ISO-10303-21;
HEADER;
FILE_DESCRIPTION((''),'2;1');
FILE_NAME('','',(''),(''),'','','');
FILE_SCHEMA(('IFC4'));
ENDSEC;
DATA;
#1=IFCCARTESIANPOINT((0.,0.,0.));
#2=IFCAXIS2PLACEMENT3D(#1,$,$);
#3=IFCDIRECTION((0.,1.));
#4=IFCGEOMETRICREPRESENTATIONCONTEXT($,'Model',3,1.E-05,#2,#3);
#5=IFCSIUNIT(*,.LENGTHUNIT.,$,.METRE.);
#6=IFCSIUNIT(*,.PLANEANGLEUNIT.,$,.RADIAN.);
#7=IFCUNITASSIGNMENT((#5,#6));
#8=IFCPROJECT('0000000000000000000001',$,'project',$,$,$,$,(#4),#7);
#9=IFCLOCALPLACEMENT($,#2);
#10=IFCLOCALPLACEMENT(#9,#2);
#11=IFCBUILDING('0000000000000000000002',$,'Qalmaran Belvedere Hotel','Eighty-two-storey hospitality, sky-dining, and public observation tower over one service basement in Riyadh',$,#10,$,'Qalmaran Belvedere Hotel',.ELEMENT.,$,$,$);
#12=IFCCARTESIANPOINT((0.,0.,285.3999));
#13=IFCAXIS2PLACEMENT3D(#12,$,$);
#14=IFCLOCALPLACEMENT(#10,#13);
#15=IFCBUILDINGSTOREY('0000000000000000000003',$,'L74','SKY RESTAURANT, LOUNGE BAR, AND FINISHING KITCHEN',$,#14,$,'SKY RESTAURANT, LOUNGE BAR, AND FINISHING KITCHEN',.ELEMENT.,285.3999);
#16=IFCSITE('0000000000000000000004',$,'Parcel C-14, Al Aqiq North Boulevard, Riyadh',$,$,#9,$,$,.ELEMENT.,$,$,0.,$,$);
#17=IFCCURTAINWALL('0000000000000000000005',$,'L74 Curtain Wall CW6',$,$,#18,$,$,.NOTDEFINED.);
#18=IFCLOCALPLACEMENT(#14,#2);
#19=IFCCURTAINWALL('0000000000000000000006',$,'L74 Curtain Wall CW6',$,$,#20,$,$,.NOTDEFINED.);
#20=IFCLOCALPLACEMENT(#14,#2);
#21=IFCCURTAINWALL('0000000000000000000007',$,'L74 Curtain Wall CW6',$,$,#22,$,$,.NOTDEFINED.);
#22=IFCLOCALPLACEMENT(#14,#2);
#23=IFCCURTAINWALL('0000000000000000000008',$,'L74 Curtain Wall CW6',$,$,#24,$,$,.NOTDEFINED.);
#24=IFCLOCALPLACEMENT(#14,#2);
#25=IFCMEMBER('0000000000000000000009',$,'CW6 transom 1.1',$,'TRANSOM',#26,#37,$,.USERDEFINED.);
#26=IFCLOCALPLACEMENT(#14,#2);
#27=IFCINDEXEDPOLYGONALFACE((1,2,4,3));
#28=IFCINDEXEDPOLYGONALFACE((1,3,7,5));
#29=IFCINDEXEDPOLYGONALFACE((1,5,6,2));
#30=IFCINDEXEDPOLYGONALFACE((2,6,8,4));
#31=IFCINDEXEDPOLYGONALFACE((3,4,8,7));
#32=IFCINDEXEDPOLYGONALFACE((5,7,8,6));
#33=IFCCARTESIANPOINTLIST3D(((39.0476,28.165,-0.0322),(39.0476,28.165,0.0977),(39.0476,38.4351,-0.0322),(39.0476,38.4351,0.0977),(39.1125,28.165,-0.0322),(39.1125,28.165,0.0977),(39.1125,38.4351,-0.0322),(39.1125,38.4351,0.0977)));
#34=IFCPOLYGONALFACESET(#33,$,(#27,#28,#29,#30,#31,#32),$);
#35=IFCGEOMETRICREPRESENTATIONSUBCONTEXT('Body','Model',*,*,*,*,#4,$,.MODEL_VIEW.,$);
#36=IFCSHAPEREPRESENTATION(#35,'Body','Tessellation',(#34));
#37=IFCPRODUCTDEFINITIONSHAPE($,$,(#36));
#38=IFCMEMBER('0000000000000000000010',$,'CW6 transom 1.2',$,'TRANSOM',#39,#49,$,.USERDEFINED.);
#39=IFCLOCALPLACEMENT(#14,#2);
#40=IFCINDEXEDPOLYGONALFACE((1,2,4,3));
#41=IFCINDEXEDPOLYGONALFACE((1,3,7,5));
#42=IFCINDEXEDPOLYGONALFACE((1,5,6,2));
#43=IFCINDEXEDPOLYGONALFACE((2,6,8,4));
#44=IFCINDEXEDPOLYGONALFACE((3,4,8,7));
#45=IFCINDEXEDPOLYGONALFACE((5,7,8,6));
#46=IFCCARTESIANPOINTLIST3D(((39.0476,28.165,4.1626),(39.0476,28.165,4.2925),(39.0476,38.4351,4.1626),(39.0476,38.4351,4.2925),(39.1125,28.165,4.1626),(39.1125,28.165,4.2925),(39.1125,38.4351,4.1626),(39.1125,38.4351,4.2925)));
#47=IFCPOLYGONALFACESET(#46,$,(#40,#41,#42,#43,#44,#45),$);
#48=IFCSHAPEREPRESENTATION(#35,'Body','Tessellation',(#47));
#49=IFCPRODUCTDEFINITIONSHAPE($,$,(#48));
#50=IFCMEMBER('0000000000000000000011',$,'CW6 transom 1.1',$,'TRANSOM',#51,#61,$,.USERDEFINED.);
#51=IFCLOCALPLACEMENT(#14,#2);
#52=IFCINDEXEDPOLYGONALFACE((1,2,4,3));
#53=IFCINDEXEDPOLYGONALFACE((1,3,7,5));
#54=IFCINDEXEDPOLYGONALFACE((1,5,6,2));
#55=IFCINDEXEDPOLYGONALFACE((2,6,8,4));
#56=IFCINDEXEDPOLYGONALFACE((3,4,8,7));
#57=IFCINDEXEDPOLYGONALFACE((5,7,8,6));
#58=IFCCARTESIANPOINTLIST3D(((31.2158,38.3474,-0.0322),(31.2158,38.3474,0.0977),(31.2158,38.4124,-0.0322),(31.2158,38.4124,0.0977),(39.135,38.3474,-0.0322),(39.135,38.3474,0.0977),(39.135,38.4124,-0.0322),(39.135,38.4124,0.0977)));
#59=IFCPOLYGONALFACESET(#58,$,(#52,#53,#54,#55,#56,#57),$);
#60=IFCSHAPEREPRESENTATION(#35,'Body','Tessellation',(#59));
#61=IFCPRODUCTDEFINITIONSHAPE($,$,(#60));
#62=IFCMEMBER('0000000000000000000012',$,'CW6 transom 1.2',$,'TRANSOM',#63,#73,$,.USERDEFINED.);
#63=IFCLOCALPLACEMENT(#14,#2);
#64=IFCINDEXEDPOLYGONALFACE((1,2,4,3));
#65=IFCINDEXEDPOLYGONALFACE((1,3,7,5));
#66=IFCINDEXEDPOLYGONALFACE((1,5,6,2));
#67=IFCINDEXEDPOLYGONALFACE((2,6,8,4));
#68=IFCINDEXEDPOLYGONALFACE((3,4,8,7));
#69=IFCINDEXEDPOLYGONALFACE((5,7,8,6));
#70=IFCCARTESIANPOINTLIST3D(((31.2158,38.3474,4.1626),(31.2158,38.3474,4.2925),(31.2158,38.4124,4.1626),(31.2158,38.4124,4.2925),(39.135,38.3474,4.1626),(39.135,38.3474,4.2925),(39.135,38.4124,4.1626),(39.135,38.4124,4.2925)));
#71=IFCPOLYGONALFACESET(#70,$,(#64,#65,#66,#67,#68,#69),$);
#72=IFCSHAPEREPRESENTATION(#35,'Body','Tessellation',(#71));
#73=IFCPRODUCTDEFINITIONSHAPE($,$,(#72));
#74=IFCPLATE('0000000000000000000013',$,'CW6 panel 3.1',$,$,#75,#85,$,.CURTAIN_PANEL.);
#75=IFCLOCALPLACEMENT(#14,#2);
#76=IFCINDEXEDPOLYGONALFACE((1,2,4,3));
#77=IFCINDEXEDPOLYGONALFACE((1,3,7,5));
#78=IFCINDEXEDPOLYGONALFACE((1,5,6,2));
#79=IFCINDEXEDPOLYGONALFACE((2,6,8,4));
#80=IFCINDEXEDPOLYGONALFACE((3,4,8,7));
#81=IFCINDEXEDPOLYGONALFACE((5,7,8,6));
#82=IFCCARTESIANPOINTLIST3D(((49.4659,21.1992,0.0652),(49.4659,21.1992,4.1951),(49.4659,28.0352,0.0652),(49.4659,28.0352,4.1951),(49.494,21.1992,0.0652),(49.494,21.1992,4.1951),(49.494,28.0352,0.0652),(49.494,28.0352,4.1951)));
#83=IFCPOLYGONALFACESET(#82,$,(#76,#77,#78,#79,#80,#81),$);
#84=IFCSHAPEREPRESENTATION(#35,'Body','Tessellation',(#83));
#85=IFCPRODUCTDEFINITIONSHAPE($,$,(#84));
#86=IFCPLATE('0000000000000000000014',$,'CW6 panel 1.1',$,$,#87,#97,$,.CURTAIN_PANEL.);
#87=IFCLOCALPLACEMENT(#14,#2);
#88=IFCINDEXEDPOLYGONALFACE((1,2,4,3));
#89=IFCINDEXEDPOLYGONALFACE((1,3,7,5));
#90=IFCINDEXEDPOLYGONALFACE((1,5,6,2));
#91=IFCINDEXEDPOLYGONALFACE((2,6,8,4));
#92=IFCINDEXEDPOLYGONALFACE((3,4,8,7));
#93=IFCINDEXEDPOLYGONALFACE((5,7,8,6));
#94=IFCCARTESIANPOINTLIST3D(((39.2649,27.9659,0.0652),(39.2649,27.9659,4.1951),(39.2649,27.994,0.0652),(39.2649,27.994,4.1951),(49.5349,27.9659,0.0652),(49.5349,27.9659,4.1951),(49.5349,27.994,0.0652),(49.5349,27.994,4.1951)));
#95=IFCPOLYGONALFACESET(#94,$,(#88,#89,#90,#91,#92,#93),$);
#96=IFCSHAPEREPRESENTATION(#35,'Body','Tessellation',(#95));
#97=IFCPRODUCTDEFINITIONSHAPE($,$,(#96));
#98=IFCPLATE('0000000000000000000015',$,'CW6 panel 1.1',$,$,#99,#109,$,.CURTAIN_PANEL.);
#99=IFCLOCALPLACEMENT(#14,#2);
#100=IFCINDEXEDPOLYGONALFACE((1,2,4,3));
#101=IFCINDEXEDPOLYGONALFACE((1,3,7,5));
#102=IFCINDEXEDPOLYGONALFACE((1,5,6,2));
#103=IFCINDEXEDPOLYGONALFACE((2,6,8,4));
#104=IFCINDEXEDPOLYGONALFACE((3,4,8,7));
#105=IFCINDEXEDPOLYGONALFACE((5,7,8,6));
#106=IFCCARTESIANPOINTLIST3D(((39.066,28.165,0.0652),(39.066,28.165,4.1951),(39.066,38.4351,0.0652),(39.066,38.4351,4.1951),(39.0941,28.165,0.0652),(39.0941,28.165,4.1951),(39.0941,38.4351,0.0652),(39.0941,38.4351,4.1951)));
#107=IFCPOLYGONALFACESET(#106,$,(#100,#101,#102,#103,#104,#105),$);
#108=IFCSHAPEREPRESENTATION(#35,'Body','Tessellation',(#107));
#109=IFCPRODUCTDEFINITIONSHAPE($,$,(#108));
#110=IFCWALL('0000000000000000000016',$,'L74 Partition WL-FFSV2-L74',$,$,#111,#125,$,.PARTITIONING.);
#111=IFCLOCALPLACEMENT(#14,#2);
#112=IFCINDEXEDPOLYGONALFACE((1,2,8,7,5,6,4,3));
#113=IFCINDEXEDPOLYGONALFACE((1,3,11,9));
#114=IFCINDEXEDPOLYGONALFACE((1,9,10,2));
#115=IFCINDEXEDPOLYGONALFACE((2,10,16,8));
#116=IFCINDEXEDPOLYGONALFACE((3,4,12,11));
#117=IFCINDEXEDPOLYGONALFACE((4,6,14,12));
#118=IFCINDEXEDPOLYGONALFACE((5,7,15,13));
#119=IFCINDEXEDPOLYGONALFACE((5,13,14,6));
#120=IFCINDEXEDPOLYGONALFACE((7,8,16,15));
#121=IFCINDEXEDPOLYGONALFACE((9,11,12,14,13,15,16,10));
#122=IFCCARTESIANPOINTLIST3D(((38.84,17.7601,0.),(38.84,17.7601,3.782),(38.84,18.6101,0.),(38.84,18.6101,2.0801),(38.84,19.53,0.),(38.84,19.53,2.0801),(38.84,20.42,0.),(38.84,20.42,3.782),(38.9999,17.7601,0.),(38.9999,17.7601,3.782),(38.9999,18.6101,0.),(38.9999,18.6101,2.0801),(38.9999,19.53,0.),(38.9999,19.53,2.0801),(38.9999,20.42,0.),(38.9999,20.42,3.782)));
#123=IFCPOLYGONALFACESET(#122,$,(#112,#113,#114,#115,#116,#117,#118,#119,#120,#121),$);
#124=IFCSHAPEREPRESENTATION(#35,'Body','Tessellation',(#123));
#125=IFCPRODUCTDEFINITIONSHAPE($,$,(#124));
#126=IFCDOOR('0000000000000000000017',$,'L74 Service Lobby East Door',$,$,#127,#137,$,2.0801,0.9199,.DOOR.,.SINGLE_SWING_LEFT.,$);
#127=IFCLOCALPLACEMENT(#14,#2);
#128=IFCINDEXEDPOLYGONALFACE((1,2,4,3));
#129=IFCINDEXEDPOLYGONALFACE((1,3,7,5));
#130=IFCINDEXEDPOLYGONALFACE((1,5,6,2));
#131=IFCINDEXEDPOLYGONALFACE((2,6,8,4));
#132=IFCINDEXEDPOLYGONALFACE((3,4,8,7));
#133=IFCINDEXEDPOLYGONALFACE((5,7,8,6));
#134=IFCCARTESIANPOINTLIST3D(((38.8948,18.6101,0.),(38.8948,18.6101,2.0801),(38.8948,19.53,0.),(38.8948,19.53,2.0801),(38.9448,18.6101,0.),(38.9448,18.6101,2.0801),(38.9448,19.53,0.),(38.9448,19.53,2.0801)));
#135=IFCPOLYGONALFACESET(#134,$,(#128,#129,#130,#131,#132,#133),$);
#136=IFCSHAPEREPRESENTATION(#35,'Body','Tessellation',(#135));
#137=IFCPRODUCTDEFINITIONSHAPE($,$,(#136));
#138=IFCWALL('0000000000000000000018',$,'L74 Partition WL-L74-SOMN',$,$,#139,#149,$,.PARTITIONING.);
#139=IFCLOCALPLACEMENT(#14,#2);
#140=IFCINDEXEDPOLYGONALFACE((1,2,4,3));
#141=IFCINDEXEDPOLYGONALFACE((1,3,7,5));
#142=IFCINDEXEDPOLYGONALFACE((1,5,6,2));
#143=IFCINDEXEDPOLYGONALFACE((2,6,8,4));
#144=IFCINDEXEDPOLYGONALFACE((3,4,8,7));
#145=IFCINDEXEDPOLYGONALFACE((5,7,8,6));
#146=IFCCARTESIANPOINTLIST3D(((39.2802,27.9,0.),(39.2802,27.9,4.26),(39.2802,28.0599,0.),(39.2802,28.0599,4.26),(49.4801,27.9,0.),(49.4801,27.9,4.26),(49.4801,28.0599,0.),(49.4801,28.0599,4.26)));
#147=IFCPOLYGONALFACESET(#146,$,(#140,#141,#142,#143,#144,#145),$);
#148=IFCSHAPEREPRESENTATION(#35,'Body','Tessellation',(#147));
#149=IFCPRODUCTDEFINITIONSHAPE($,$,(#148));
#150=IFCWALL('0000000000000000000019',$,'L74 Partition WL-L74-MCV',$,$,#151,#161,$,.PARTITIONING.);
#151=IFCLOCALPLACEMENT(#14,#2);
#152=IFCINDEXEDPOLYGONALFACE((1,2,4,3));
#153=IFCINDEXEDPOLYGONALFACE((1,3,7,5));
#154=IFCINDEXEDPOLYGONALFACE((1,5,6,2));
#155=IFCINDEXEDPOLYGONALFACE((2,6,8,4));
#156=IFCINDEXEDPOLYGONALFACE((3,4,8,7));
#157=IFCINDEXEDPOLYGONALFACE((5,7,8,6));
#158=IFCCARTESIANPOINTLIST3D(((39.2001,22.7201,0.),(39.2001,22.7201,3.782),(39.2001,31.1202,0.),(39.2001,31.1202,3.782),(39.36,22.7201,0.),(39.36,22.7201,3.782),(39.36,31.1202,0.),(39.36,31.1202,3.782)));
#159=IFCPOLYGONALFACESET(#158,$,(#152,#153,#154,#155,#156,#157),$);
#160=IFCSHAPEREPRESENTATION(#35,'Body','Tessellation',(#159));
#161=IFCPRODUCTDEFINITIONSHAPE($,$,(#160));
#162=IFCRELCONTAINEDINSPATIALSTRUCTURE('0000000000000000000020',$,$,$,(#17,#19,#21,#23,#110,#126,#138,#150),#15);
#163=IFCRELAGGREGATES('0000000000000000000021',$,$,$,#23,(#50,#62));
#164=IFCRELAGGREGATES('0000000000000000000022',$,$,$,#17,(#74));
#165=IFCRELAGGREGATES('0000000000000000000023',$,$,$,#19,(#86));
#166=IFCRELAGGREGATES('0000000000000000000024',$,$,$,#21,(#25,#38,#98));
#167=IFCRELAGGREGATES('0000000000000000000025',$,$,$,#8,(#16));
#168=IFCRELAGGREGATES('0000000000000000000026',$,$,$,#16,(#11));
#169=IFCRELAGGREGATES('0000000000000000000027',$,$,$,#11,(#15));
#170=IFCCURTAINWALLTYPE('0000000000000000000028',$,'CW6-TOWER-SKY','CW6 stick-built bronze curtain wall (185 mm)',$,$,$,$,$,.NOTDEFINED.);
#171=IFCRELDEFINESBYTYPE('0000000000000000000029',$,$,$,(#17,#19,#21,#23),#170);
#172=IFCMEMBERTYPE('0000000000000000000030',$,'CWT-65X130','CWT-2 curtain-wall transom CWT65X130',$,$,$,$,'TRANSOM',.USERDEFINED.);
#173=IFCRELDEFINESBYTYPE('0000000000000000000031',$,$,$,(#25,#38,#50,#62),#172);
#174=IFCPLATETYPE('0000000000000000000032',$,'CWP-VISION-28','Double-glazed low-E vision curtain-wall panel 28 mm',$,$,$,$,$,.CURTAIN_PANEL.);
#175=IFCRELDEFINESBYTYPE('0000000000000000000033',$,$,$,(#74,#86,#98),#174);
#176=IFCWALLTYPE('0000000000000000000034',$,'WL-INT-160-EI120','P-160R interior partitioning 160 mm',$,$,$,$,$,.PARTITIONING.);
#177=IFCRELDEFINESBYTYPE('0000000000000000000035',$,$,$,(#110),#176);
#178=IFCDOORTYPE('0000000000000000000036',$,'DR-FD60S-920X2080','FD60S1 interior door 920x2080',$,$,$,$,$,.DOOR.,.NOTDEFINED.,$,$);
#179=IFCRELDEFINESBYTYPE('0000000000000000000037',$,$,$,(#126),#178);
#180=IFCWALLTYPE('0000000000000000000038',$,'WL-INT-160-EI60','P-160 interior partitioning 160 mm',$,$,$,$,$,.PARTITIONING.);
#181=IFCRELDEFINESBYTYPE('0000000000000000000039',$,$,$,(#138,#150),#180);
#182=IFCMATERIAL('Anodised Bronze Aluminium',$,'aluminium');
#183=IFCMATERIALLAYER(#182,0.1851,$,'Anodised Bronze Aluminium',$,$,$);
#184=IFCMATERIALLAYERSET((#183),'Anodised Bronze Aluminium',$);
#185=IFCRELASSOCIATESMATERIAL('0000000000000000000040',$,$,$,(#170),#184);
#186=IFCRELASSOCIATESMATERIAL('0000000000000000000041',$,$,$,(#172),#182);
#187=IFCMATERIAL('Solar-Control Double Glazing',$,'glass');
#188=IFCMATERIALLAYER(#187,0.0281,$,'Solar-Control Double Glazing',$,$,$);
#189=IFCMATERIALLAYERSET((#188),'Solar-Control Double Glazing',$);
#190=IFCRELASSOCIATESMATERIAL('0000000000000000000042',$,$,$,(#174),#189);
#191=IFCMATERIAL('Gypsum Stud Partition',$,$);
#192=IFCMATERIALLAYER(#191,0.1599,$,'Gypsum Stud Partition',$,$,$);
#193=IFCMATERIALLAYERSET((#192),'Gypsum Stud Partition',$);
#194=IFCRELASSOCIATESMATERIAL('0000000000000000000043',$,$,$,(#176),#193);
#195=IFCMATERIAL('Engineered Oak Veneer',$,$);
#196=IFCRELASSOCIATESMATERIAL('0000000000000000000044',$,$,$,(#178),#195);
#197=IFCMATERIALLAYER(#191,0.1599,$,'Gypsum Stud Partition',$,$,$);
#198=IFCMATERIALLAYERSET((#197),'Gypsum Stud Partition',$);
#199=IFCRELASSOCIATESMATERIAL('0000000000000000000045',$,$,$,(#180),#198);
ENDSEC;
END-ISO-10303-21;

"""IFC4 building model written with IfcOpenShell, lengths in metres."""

from ifc_helpers import new_model, si_unit, direction, frame, frame_2d, origin, origin_2d, place, context, subcontext, project, spatial, rectangle, extrude, material, layer, layer_set, material_profile, profile_set, type_object, element, fill, aggregate, save


model = new_model("IFC4")

# Units and contexts
model_context = context("Model", 3, precision=1e-05, world=origin(), true_north=direction((0.0, 1.0)))
body_context = subcontext(model_context, "Body", "Model", "MODEL_VIEW")
ifc_project = project(units=[si_unit("LENGTHUNIT", "METRE"), si_unit("PLANEANGLEUNIT", "RADIAN")], contexts=[model_context])

# Site, building, storey
site_placement = place(None, origin())
site = spatial("IfcSite", under=ifc_project, at=site_placement, Name="Parcel C-14, Al Aqiq North Boulevard, Riyadh", CompositionType="ELEMENT", RefElevation=0.0)
building_placement = place(site_placement, origin())
building = spatial("IfcBuilding", under=site, at=building_placement, Name="Qalmaran Belvedere Hotel", Description="Eighty-two-storey hospitality, sky-dining, and public observation tower over one service basement in Riyadh", LongName="Qalmaran Belvedere Hotel", CompositionType="ELEMENT")
storey_placement = place(building_placement, frame((0.0, 0.0, 285.3999)))
storey = spatial("IfcBuildingStorey", under=building, at=storey_placement, Name="L74", Description="SKY RESTAURANT, LOUNGE BAR, AND FINISHING KITCHEN", LongName="SKY RESTAURANT, LOUNGE BAR, AND FINISHING KITCHEN", CompositionType="ELEMENT", Elevation=285.3999)

# Curtain walls
ifc_material_1 = material(Name="Anodised Bronze Aluminium", Category="aluminium")
ifc_layer_1 = layer(ifc_material_1, 0.1851, Name="Anodised Bronze Aluminium")
ifc_layer_set_1 = layer_set([ifc_layer_1], Name="Anodised Bronze Aluminium")
curtain_wall_type = type_object("IfcCurtainWallType", Name="CW6-TOWER-SKY", Description="CW6 stick-built bronze curtain wall (185 mm)", PredefinedType="NOTDEFINED", material=ifc_layer_set_1)
curtain_wall_1_placement = place(storey_placement, origin())
curtain_wall_1 = element("IfcCurtainWall", 1, at=curtain_wall_1_placement, inside=storey, type_object=curtain_wall_type, Name="L74 Curtain Wall CW6", PredefinedType="NOTDEFINED")
curtain_wall_2_placement = place(storey_placement, origin())
curtain_wall_2 = element("IfcCurtainWall", 2, at=curtain_wall_2_placement, inside=storey, type_object=curtain_wall_type, Name="L74 Curtain Wall CW6", PredefinedType="NOTDEFINED")
curtain_wall_3_placement = place(storey_placement, origin())
curtain_wall_3 = element("IfcCurtainWall", 3, at=curtain_wall_3_placement, inside=storey, type_object=curtain_wall_type, Name="L74 Curtain Wall CW6", PredefinedType="NOTDEFINED")

# Curtain wall
curtain_wall_4_placement = place(storey_placement, origin())
curtain_wall_4 = element("IfcCurtainWall", 4, at=curtain_wall_4_placement, inside=storey, type_object=curtain_wall_type, Name="L74 Curtain Wall CW6", PredefinedType="NOTDEFINED")

# Members
ifc_material_profile_1 = material_profile(ifc_material_1, rectangle(XDim=0.0649, YDim=0.1299, at=origin_2d()), Name="CWT65X130")
ifc_profile_set_1 = profile_set([ifc_material_profile_1], Name="Anodised Bronze Aluminium")
member_type_1 = type_object("IfcMemberType", Name="CWT-65X130", Description="CWT-2 curtain-wall transom CWT65X130", ElementType="TRANSOM", PredefinedType="USERDEFINED", material=ifc_profile_set_1)
member_1_placement = place(storey_placement, frame((39.0801, 28.165, 0.0327), z_axis=(0.0, 1.0, 0.0), x_axis=(-1.0, 0.0, 0.0)))
member_1 = element("IfcMember", 5, at=member_1_placement, type_object=member_type_1, Name="CW6 transom 1.1", ObjectType="TRANSOM", PredefinedType="USERDEFINED", context=body_context, shape_type="SweptSolid", body=[
    extrude(rectangle(XDim=0.0649, YDim=0.1299, at=origin_2d()), origin(), (0.0, 0.0, 1.0), 10.27),
])
member_2_placement = place(storey_placement, frame((39.0801, 28.165, 4.2275), z_axis=(0.0, 1.0, 0.0), x_axis=(-1.0, 0.0, 0.0)))
member_2 = element("IfcMember", 6, at=member_2_placement, type_object=member_type_1, Name="CW6 transom 1.2", ObjectType="TRANSOM", PredefinedType="USERDEFINED", context=body_context, shape_type="SweptSolid", body=[
    extrude(rectangle(XDim=0.0649, YDim=0.1299, at=origin_2d()), origin(), (0.0, 0.0, 1.0), 10.27),
])
member_3_placement = place(storey_placement, frame((39.135, 38.3799, 0.0327), z_axis=(-1.0, 0.0, 0.0), x_axis=(0.0, -1.0, 0.0)))
member_3 = element("IfcMember", 7, at=member_3_placement, type_object=member_type_1, Name="CW6 transom 1.1", ObjectType="TRANSOM", PredefinedType="USERDEFINED", context=body_context, shape_type="SweptSolid", body=[
    extrude(rectangle(XDim=0.0649, YDim=0.1299, at=origin_2d()), origin(), (0.0, 0.0, 1.0), 7.9192),
])
member_4_placement = place(storey_placement, frame((39.135, 38.3799, 4.2275), z_axis=(-1.0, 0.0, 0.0), x_axis=(0.0, -1.0, 0.0)))
member_4 = element("IfcMember", 8, at=member_4_placement, type_object=member_type_1, Name="CW6 transom 1.2", ObjectType="TRANSOM", PredefinedType="USERDEFINED", context=body_context, shape_type="SweptSolid", body=[
    extrude(rectangle(XDim=0.0649, YDim=0.1299, at=origin_2d()), origin(), (0.0, 0.0, 1.0), 7.9192),
])
aggregate(curtain_wall_4, [member_3, member_4])

# Plates
ifc_material_2 = material(Name="Solar-Control Double Glazing", Category="glass")
ifc_layer_2 = layer(ifc_material_2, 0.0281, Name="Solar-Control Double Glazing")
ifc_layer_set_2 = layer_set([ifc_layer_2], Name="Solar-Control Double Glazing")
plate_type = type_object("IfcPlateType", Name="CWP-VISION-28", Description="Double-glazed low-E vision curtain-wall panel 28 mm", PredefinedType="CURTAIN_PANEL", material=ifc_layer_set_2)
plate_1_placement = place(storey_placement, frame((49.48, 24.6172, 0.0652), z_axis=(0.0, 0.0, 1.0), x_axis=(0.0, 1.0, 0.0)))
plate_1 = element("IfcPlate", 9, at=plate_1_placement, type_object=plate_type, Name="CW6 panel 3.1", PredefinedType="CURTAIN_PANEL", context=body_context, shape_type="SweptSolid", body=[
    extrude(rectangle(XDim=6.8359, YDim=0.0281, at=origin_2d()), origin(), (0.0, 0.0, 1.0), 4.1299),
])
aggregate(curtain_wall_1, [plate_1])
plate_2_placement = place(storey_placement, frame((44.3999, 27.98, 0.0652), z_axis=(0.0, 0.0, 1.0), x_axis=(-1.0, 0.0, 0.0)))
plate_2 = element("IfcPlate", 10, at=plate_2_placement, type_object=plate_type, Name="CW6 panel 1.1", PredefinedType="CURTAIN_PANEL", context=body_context, shape_type="SweptSolid", body=[
    extrude(rectangle(XDim=10.27, YDim=0.0281, at=origin_2d()), origin(), (0.0, 0.0, 1.0), 4.1299),
])
aggregate(curtain_wall_2, [plate_2])
plate_3_placement = place(storey_placement, frame((39.0801, 33.3, 0.0652), z_axis=(0.0, 0.0, 1.0), x_axis=(0.0, 1.0, 0.0)))
plate_3 = element("IfcPlate", 11, at=plate_3_placement, type_object=plate_type, Name="CW6 panel 1.1", PredefinedType="CURTAIN_PANEL", context=body_context, shape_type="SweptSolid", body=[
    extrude(rectangle(XDim=10.27, YDim=0.0281, at=origin_2d()), origin(), (0.0, 0.0, 1.0), 4.1299),
])
aggregate(curtain_wall_3, [member_1, member_2, plate_3])

# Wall, opening, door
ifc_material_3 = material(Name="Gypsum Stud Partition")
ifc_layer_3 = layer(ifc_material_3, 0.1599, Name="Gypsum Stud Partition")
ifc_layer_set_3 = layer_set([ifc_layer_3], Name="Gypsum Stud Partition")
wall_type_1 = type_object("IfcWallType", Name="WL-INT-160-EI120", Description="P-160R interior partitioning 160 mm", PredefinedType="PARTITIONING", material=ifc_layer_set_3)
wall_1_placement = place(storey_placement, frame((38.9199, 17.76, 0.0), z_axis=(0.0, 0.0, 1.0), x_axis=(0.0, 1.0, 0.0)))
wall_1 = element("IfcWall", 12, at=wall_1_placement, inside=storey, type_object=wall_type_1, Name="L74 Partition WL-FFSV2-L74", PredefinedType="PARTITIONING", context=body_context, shape_type="SweptSolid", body=[
    extrude(rectangle(XDim=2.6599, YDim=0.1599, at=frame_2d((1.3301, 0.0))), origin(), (0.0, 0.0, 1.0), 3.782),
])
opening_1_placement = place(wall_1_placement, frame((1.77, 0.0, 0.0), z_axis=(0.0, 0.0, 1.0), x_axis=(-1.0, 0.0, 0.0)))
opening_1 = element("IfcOpeningElement", 13, at=opening_1_placement, cuts=wall_1, PredefinedType="OPENING", context=body_context, shape_type="SweptSolid", body=[
    extrude(rectangle(XDim=0.9199, YDim=2.0801, at=frame_2d((0.46, 1.04))), frame((0.0, 0.0898, 0.0), z_axis=(0.0, -1.0, 0.0), x_axis=(1.0, 0.0, 0.0)), (0.0, 0.0, 1.0), 0.1799),
])
ifc_material_4 = material(Name="Engineered Oak Veneer")
door_type_1 = type_object("IfcDoorType", Name="DR-FD60S-920X2080", Description="FD60S1 interior door 920x2080", OperationType="NOTDEFINED", PredefinedType="DOOR", material=ifc_material_4)
door_1_placement = place(opening_1_placement, origin())
door_1 = element("IfcDoor", 14, at=door_1_placement, inside=storey, type_object=door_type_1, Name="L74 Service Lobby East Door", OperationType="SINGLE_SWING_LEFT", OverallHeight=2.0801, OverallWidth=0.9199, PredefinedType="DOOR", context=body_context, shape_type="SweptSolid", body=[
    extrude(rectangle(XDim=0.9199, YDim=2.0801, at=frame_2d((0.46, 1.04))), frame((0.0, 0.0249, 0.0), z_axis=(0.0, -1.0, 0.0), x_axis=(1.0, 0.0, 0.0)), (0.0, 0.0, 1.0), 0.05),
])
fill(opening_1, door_1)

# Walls
ifc_layer_4 = layer(ifc_material_3, 0.1599, Name="Gypsum Stud Partition")
ifc_layer_set_4 = layer_set([ifc_layer_4], Name="Gypsum Stud Partition")
wall_type_2 = type_object("IfcWallType", Name="WL-INT-160-EI60", Description="P-160 interior partitioning 160 mm", PredefinedType="PARTITIONING", material=ifc_layer_set_4)
wall_2_placement = place(storey_placement, frame((39.28, 27.98, 0.0), z_axis=(0.0, 0.0, 1.0), x_axis=(1.0, 0.0, 0.0)))
element("IfcWall", 15, at=wall_2_placement, inside=storey, type_object=wall_type_2, Name="L74 Partition WL-L74-SOMN", PredefinedType="PARTITIONING", context=body_context, shape_type="SweptSolid", body=[
    extrude(rectangle(XDim=10.2, YDim=0.1599, at=frame_2d((5.1001, 0.0))), origin(), (0.0, 0.0, 1.0), 4.26),
])
wall_3_placement = place(storey_placement, frame((39.28, 22.72, 0.0), z_axis=(0.0, 0.0, 1.0), x_axis=(0.0, 1.0, 0.0)))
element("IfcWall", 16, at=wall_3_placement, inside=storey, type_object=wall_type_2, Name="L74 Partition WL-L74-MCV", PredefinedType="PARTITIONING", context=body_context, shape_type="SweptSolid", body=[
    extrude(rectangle(XDim=8.4001, YDim=0.1599, at=frame_2d((4.2002, 0.0))), origin(), (0.0, 0.0, 1.0), 3.782),
])

save(model, "model.ifc")
